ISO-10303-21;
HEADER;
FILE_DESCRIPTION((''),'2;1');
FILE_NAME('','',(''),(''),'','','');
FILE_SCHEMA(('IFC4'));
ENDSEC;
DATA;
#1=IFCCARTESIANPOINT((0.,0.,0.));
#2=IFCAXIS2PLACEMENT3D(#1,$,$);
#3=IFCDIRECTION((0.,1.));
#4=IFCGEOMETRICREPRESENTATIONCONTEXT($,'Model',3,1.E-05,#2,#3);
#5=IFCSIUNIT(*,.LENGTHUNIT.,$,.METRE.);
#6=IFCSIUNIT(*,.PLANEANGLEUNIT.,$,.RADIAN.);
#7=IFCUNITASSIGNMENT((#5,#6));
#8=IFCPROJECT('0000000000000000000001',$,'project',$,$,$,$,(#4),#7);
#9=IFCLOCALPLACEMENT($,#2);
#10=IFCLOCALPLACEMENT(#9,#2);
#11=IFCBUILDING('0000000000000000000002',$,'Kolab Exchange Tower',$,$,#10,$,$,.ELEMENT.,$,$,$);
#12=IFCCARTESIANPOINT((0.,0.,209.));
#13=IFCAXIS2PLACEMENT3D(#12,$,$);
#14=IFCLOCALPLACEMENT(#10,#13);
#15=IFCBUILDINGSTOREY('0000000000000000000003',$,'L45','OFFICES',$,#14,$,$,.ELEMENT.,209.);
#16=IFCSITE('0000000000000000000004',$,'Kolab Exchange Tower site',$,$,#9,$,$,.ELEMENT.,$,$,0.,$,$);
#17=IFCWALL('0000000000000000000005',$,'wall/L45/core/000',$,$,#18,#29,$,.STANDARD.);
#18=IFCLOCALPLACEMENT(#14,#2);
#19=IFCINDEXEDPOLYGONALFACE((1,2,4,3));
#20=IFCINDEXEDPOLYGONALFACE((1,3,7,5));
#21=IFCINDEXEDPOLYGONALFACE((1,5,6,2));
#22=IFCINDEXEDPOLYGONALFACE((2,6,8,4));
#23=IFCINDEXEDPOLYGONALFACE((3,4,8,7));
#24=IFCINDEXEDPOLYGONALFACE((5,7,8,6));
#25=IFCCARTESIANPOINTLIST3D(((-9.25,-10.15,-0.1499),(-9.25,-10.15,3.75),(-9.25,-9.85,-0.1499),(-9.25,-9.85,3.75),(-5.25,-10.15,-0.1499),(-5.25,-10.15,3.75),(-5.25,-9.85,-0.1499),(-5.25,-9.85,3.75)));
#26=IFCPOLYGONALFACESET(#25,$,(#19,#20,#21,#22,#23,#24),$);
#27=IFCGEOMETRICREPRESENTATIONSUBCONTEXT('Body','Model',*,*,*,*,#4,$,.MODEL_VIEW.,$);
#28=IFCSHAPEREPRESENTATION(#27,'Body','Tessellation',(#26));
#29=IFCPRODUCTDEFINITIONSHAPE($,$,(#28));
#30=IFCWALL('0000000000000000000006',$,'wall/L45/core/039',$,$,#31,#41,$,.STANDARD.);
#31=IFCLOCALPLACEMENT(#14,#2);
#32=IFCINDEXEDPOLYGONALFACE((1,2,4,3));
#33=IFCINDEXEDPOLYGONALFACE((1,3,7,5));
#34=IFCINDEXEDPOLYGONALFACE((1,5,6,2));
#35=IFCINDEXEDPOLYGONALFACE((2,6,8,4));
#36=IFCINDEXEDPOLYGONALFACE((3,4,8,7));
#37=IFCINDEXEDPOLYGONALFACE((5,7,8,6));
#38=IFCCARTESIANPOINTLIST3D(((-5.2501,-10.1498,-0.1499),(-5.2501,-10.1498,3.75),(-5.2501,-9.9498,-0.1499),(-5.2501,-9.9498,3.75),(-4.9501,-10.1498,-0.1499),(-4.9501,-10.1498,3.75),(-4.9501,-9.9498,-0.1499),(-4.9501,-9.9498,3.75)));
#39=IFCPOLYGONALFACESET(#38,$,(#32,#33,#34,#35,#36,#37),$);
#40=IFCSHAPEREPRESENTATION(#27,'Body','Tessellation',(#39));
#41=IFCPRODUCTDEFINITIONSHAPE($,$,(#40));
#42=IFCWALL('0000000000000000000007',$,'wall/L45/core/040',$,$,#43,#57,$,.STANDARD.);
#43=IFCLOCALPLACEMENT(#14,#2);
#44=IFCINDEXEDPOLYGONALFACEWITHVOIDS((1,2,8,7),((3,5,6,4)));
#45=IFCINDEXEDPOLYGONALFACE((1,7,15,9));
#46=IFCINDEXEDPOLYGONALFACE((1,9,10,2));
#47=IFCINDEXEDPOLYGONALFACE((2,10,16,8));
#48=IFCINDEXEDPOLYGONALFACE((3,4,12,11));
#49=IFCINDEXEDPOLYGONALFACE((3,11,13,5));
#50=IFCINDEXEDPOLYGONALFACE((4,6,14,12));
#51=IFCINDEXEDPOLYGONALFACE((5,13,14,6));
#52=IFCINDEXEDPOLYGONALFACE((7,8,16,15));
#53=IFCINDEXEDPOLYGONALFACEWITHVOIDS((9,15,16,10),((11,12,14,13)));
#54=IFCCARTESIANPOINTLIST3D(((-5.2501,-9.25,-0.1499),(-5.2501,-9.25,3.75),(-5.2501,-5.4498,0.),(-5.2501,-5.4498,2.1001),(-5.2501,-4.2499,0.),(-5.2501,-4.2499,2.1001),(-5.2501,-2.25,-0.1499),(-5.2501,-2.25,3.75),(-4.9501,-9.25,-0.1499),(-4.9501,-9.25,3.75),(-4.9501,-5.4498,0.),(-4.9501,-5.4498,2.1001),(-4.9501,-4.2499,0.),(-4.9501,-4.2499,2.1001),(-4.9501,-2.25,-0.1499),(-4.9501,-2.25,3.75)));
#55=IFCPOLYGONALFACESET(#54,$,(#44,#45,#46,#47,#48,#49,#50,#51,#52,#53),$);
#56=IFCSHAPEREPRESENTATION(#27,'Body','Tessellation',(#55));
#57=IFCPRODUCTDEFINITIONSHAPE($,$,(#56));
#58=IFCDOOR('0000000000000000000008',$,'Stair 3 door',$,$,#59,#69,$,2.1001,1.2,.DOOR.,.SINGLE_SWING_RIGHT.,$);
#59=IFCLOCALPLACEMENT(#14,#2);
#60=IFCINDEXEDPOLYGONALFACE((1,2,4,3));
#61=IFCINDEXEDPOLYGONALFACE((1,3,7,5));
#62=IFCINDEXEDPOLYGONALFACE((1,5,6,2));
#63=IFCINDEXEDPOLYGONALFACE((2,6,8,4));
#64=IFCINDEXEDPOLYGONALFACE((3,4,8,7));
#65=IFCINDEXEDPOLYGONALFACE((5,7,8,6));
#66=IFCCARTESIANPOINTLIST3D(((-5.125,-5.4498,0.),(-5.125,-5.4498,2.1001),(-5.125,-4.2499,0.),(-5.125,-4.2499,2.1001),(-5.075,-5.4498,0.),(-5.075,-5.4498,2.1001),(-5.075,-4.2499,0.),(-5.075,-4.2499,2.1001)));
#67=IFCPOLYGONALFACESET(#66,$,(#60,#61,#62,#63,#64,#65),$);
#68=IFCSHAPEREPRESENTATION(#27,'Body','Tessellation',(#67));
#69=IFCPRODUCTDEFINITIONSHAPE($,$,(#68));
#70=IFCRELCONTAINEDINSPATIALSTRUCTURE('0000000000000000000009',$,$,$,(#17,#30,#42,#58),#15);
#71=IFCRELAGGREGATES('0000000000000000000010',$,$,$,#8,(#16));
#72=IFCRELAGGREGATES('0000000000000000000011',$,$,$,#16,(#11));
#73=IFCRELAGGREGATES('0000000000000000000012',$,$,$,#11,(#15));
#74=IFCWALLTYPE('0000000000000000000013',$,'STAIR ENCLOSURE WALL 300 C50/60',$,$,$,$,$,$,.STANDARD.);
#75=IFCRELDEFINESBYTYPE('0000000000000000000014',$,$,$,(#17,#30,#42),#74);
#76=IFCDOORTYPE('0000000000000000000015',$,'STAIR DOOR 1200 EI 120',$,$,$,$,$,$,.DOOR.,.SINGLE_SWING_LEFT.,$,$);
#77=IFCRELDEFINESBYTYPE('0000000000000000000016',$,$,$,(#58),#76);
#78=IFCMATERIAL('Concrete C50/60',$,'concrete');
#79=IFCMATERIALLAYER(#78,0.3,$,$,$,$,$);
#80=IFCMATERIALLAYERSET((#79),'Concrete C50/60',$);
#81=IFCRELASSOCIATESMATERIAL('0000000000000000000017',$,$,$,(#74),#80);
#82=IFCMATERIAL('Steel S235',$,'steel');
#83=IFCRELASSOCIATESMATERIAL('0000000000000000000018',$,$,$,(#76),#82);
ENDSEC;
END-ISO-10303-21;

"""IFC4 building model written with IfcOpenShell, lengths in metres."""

from ifc_helpers import new_model, si_unit, direction, frame, frame_2d, origin, place, context, subcontext, project, spatial, rectangle, extrude, material, layer, layer_set, type_object, element, fill, save


model = new_model("IFC4")

# Units and contexts
model_context = context("Model", 3, precision=1e-05, world=origin(), true_north=direction((0.0, 1.0)))
body_context = subcontext(model_context, "Body", "Model", "MODEL_VIEW")
ifc_project = project(units=[si_unit("LENGTHUNIT", "METRE"), si_unit("PLANEANGLEUNIT", "RADIAN")], contexts=[model_context])

# Site, building, storey
site_placement = place(None, origin())
site = spatial("IfcSite", under=ifc_project, at=site_placement, Name="Kolab Exchange Tower site", CompositionType="ELEMENT", RefElevation=0.0)
building_placement = place(site_placement, origin())
building = spatial("IfcBuilding", under=site, at=building_placement, Name="Kolab Exchange Tower", CompositionType="ELEMENT")
storey_placement = place(building_placement, frame((0.0, 0.0, 209.0)))
storey = spatial("IfcBuildingStorey", under=building, at=storey_placement, Name="L45", Description="OFFICES", CompositionType="ELEMENT", Elevation=209.0)

# Shared definitions
ifc_material_1 = material(Name="Steel S235", Category="steel")

# Shared definitions
ifc_material_2 = material(Name="Concrete C50/60", Category="concrete")

# Walls
ifc_layer_1 = layer(ifc_material_2, 0.3)
ifc_layer_set_1 = layer_set([ifc_layer_1], Name="Concrete C50/60")
wall_type_1 = type_object("IfcWallType", Name="STAIR ENCLOSURE WALL 300 C50/60", PredefinedType="STANDARD", material=ifc_layer_set_1)
wall_1_placement = place(storey_placement, frame((-9.25, -10.0, -0.1499), z_axis=(0.0, 0.0, 1.0), x_axis=(1.0, 0.0, 0.0)))
element("IfcWall", 1, at=wall_1_placement, inside=storey, type_object=wall_type_1, Name="wall/L45/core/000", PredefinedType="STANDARD", context=body_context, shape_type="SweptSolid", body=[
    extrude(rectangle(XDim=4.0, YDim=0.3, at=frame_2d((2.0, 0.0))), origin(), (0.0, 0.0, 1.0), 3.8999),
])
wall_2_placement = place(storey_placement, frame((-5.1001, -10.1499, -0.1499), z_axis=(0.0, 0.0, 1.0), x_axis=(0.0, 1.0, 0.0)))
element("IfcWall", 2, at=wall_2_placement, inside=storey, type_object=wall_type_1, Name="wall/L45/core/039", PredefinedType="STANDARD", context=body_context, shape_type="SweptSolid", body=[
    extrude(rectangle(XDim=0.2, YDim=0.3, at=frame_2d((0.1001, 0.0))), origin(), (0.0, 0.0, 1.0), 3.8999),
])

# Wall, opening, door
wall_3_placement = place(storey_placement, frame((-5.1001, -9.25, -0.1499), z_axis=(0.0, 0.0, 1.0), x_axis=(0.0, 1.0, 0.0)))
wall_3 = element("IfcWall", 3, at=wall_3_placement, inside=storey, type_object=wall_type_1, Name="wall/L45/core/040", PredefinedType="STANDARD", context=body_context, shape_type="SweptSolid", body=[
    extrude(rectangle(XDim=7.0, YDim=0.3, at=frame_2d((3.5, 0.0))), origin(), (0.0, 0.0, 1.0), 3.8999),
])
opening_1_placement = place(wall_3_placement, frame((3.8, 0.0, 0.1499)))
opening_1 = element("IfcOpeningElement", 4, at=opening_1_placement, cuts=wall_3, PredefinedType="OPENING", context=body_context, shape_type="SweptSolid", body=[
    extrude(rectangle(XDim=1.2, YDim=2.1001, at=frame_2d((0.6001, 1.05))), frame((0.0, 0.1602, 0.0), z_axis=(0.0, -1.0, 0.0), x_axis=(1.0, 0.0, 0.0)), (0.0, 0.0, 1.0), 0.3201),
])
door_type_1 = type_object("IfcDoorType", Name="STAIR DOOR 1200 EI 120", OperationType="SINGLE_SWING_LEFT", PredefinedType="DOOR", material=ifc_material_1)
door_1_placement = place(opening_1_placement, origin())
door_1 = element("IfcDoor", 5, at=door_1_placement, inside=storey, type_object=door_type_1, Name="Stair 3 door", OperationType="SINGLE_SWING_RIGHT", OverallHeight=2.1001, OverallWidth=1.2, PredefinedType="DOOR", context=body_context, shape_type="SweptSolid", body=[
    extrude(rectangle(XDim=1.2, YDim=2.1001, at=frame_2d((0.6001, 1.05))), frame((0.0, 0.0249, 0.0), z_axis=(0.0, -1.0, 0.0), x_axis=(1.0, 0.0, 0.0)), (0.0, 0.0, 1.0), 0.05),
])
fill(opening_1, door_1)

save(model, "model.ifc")
